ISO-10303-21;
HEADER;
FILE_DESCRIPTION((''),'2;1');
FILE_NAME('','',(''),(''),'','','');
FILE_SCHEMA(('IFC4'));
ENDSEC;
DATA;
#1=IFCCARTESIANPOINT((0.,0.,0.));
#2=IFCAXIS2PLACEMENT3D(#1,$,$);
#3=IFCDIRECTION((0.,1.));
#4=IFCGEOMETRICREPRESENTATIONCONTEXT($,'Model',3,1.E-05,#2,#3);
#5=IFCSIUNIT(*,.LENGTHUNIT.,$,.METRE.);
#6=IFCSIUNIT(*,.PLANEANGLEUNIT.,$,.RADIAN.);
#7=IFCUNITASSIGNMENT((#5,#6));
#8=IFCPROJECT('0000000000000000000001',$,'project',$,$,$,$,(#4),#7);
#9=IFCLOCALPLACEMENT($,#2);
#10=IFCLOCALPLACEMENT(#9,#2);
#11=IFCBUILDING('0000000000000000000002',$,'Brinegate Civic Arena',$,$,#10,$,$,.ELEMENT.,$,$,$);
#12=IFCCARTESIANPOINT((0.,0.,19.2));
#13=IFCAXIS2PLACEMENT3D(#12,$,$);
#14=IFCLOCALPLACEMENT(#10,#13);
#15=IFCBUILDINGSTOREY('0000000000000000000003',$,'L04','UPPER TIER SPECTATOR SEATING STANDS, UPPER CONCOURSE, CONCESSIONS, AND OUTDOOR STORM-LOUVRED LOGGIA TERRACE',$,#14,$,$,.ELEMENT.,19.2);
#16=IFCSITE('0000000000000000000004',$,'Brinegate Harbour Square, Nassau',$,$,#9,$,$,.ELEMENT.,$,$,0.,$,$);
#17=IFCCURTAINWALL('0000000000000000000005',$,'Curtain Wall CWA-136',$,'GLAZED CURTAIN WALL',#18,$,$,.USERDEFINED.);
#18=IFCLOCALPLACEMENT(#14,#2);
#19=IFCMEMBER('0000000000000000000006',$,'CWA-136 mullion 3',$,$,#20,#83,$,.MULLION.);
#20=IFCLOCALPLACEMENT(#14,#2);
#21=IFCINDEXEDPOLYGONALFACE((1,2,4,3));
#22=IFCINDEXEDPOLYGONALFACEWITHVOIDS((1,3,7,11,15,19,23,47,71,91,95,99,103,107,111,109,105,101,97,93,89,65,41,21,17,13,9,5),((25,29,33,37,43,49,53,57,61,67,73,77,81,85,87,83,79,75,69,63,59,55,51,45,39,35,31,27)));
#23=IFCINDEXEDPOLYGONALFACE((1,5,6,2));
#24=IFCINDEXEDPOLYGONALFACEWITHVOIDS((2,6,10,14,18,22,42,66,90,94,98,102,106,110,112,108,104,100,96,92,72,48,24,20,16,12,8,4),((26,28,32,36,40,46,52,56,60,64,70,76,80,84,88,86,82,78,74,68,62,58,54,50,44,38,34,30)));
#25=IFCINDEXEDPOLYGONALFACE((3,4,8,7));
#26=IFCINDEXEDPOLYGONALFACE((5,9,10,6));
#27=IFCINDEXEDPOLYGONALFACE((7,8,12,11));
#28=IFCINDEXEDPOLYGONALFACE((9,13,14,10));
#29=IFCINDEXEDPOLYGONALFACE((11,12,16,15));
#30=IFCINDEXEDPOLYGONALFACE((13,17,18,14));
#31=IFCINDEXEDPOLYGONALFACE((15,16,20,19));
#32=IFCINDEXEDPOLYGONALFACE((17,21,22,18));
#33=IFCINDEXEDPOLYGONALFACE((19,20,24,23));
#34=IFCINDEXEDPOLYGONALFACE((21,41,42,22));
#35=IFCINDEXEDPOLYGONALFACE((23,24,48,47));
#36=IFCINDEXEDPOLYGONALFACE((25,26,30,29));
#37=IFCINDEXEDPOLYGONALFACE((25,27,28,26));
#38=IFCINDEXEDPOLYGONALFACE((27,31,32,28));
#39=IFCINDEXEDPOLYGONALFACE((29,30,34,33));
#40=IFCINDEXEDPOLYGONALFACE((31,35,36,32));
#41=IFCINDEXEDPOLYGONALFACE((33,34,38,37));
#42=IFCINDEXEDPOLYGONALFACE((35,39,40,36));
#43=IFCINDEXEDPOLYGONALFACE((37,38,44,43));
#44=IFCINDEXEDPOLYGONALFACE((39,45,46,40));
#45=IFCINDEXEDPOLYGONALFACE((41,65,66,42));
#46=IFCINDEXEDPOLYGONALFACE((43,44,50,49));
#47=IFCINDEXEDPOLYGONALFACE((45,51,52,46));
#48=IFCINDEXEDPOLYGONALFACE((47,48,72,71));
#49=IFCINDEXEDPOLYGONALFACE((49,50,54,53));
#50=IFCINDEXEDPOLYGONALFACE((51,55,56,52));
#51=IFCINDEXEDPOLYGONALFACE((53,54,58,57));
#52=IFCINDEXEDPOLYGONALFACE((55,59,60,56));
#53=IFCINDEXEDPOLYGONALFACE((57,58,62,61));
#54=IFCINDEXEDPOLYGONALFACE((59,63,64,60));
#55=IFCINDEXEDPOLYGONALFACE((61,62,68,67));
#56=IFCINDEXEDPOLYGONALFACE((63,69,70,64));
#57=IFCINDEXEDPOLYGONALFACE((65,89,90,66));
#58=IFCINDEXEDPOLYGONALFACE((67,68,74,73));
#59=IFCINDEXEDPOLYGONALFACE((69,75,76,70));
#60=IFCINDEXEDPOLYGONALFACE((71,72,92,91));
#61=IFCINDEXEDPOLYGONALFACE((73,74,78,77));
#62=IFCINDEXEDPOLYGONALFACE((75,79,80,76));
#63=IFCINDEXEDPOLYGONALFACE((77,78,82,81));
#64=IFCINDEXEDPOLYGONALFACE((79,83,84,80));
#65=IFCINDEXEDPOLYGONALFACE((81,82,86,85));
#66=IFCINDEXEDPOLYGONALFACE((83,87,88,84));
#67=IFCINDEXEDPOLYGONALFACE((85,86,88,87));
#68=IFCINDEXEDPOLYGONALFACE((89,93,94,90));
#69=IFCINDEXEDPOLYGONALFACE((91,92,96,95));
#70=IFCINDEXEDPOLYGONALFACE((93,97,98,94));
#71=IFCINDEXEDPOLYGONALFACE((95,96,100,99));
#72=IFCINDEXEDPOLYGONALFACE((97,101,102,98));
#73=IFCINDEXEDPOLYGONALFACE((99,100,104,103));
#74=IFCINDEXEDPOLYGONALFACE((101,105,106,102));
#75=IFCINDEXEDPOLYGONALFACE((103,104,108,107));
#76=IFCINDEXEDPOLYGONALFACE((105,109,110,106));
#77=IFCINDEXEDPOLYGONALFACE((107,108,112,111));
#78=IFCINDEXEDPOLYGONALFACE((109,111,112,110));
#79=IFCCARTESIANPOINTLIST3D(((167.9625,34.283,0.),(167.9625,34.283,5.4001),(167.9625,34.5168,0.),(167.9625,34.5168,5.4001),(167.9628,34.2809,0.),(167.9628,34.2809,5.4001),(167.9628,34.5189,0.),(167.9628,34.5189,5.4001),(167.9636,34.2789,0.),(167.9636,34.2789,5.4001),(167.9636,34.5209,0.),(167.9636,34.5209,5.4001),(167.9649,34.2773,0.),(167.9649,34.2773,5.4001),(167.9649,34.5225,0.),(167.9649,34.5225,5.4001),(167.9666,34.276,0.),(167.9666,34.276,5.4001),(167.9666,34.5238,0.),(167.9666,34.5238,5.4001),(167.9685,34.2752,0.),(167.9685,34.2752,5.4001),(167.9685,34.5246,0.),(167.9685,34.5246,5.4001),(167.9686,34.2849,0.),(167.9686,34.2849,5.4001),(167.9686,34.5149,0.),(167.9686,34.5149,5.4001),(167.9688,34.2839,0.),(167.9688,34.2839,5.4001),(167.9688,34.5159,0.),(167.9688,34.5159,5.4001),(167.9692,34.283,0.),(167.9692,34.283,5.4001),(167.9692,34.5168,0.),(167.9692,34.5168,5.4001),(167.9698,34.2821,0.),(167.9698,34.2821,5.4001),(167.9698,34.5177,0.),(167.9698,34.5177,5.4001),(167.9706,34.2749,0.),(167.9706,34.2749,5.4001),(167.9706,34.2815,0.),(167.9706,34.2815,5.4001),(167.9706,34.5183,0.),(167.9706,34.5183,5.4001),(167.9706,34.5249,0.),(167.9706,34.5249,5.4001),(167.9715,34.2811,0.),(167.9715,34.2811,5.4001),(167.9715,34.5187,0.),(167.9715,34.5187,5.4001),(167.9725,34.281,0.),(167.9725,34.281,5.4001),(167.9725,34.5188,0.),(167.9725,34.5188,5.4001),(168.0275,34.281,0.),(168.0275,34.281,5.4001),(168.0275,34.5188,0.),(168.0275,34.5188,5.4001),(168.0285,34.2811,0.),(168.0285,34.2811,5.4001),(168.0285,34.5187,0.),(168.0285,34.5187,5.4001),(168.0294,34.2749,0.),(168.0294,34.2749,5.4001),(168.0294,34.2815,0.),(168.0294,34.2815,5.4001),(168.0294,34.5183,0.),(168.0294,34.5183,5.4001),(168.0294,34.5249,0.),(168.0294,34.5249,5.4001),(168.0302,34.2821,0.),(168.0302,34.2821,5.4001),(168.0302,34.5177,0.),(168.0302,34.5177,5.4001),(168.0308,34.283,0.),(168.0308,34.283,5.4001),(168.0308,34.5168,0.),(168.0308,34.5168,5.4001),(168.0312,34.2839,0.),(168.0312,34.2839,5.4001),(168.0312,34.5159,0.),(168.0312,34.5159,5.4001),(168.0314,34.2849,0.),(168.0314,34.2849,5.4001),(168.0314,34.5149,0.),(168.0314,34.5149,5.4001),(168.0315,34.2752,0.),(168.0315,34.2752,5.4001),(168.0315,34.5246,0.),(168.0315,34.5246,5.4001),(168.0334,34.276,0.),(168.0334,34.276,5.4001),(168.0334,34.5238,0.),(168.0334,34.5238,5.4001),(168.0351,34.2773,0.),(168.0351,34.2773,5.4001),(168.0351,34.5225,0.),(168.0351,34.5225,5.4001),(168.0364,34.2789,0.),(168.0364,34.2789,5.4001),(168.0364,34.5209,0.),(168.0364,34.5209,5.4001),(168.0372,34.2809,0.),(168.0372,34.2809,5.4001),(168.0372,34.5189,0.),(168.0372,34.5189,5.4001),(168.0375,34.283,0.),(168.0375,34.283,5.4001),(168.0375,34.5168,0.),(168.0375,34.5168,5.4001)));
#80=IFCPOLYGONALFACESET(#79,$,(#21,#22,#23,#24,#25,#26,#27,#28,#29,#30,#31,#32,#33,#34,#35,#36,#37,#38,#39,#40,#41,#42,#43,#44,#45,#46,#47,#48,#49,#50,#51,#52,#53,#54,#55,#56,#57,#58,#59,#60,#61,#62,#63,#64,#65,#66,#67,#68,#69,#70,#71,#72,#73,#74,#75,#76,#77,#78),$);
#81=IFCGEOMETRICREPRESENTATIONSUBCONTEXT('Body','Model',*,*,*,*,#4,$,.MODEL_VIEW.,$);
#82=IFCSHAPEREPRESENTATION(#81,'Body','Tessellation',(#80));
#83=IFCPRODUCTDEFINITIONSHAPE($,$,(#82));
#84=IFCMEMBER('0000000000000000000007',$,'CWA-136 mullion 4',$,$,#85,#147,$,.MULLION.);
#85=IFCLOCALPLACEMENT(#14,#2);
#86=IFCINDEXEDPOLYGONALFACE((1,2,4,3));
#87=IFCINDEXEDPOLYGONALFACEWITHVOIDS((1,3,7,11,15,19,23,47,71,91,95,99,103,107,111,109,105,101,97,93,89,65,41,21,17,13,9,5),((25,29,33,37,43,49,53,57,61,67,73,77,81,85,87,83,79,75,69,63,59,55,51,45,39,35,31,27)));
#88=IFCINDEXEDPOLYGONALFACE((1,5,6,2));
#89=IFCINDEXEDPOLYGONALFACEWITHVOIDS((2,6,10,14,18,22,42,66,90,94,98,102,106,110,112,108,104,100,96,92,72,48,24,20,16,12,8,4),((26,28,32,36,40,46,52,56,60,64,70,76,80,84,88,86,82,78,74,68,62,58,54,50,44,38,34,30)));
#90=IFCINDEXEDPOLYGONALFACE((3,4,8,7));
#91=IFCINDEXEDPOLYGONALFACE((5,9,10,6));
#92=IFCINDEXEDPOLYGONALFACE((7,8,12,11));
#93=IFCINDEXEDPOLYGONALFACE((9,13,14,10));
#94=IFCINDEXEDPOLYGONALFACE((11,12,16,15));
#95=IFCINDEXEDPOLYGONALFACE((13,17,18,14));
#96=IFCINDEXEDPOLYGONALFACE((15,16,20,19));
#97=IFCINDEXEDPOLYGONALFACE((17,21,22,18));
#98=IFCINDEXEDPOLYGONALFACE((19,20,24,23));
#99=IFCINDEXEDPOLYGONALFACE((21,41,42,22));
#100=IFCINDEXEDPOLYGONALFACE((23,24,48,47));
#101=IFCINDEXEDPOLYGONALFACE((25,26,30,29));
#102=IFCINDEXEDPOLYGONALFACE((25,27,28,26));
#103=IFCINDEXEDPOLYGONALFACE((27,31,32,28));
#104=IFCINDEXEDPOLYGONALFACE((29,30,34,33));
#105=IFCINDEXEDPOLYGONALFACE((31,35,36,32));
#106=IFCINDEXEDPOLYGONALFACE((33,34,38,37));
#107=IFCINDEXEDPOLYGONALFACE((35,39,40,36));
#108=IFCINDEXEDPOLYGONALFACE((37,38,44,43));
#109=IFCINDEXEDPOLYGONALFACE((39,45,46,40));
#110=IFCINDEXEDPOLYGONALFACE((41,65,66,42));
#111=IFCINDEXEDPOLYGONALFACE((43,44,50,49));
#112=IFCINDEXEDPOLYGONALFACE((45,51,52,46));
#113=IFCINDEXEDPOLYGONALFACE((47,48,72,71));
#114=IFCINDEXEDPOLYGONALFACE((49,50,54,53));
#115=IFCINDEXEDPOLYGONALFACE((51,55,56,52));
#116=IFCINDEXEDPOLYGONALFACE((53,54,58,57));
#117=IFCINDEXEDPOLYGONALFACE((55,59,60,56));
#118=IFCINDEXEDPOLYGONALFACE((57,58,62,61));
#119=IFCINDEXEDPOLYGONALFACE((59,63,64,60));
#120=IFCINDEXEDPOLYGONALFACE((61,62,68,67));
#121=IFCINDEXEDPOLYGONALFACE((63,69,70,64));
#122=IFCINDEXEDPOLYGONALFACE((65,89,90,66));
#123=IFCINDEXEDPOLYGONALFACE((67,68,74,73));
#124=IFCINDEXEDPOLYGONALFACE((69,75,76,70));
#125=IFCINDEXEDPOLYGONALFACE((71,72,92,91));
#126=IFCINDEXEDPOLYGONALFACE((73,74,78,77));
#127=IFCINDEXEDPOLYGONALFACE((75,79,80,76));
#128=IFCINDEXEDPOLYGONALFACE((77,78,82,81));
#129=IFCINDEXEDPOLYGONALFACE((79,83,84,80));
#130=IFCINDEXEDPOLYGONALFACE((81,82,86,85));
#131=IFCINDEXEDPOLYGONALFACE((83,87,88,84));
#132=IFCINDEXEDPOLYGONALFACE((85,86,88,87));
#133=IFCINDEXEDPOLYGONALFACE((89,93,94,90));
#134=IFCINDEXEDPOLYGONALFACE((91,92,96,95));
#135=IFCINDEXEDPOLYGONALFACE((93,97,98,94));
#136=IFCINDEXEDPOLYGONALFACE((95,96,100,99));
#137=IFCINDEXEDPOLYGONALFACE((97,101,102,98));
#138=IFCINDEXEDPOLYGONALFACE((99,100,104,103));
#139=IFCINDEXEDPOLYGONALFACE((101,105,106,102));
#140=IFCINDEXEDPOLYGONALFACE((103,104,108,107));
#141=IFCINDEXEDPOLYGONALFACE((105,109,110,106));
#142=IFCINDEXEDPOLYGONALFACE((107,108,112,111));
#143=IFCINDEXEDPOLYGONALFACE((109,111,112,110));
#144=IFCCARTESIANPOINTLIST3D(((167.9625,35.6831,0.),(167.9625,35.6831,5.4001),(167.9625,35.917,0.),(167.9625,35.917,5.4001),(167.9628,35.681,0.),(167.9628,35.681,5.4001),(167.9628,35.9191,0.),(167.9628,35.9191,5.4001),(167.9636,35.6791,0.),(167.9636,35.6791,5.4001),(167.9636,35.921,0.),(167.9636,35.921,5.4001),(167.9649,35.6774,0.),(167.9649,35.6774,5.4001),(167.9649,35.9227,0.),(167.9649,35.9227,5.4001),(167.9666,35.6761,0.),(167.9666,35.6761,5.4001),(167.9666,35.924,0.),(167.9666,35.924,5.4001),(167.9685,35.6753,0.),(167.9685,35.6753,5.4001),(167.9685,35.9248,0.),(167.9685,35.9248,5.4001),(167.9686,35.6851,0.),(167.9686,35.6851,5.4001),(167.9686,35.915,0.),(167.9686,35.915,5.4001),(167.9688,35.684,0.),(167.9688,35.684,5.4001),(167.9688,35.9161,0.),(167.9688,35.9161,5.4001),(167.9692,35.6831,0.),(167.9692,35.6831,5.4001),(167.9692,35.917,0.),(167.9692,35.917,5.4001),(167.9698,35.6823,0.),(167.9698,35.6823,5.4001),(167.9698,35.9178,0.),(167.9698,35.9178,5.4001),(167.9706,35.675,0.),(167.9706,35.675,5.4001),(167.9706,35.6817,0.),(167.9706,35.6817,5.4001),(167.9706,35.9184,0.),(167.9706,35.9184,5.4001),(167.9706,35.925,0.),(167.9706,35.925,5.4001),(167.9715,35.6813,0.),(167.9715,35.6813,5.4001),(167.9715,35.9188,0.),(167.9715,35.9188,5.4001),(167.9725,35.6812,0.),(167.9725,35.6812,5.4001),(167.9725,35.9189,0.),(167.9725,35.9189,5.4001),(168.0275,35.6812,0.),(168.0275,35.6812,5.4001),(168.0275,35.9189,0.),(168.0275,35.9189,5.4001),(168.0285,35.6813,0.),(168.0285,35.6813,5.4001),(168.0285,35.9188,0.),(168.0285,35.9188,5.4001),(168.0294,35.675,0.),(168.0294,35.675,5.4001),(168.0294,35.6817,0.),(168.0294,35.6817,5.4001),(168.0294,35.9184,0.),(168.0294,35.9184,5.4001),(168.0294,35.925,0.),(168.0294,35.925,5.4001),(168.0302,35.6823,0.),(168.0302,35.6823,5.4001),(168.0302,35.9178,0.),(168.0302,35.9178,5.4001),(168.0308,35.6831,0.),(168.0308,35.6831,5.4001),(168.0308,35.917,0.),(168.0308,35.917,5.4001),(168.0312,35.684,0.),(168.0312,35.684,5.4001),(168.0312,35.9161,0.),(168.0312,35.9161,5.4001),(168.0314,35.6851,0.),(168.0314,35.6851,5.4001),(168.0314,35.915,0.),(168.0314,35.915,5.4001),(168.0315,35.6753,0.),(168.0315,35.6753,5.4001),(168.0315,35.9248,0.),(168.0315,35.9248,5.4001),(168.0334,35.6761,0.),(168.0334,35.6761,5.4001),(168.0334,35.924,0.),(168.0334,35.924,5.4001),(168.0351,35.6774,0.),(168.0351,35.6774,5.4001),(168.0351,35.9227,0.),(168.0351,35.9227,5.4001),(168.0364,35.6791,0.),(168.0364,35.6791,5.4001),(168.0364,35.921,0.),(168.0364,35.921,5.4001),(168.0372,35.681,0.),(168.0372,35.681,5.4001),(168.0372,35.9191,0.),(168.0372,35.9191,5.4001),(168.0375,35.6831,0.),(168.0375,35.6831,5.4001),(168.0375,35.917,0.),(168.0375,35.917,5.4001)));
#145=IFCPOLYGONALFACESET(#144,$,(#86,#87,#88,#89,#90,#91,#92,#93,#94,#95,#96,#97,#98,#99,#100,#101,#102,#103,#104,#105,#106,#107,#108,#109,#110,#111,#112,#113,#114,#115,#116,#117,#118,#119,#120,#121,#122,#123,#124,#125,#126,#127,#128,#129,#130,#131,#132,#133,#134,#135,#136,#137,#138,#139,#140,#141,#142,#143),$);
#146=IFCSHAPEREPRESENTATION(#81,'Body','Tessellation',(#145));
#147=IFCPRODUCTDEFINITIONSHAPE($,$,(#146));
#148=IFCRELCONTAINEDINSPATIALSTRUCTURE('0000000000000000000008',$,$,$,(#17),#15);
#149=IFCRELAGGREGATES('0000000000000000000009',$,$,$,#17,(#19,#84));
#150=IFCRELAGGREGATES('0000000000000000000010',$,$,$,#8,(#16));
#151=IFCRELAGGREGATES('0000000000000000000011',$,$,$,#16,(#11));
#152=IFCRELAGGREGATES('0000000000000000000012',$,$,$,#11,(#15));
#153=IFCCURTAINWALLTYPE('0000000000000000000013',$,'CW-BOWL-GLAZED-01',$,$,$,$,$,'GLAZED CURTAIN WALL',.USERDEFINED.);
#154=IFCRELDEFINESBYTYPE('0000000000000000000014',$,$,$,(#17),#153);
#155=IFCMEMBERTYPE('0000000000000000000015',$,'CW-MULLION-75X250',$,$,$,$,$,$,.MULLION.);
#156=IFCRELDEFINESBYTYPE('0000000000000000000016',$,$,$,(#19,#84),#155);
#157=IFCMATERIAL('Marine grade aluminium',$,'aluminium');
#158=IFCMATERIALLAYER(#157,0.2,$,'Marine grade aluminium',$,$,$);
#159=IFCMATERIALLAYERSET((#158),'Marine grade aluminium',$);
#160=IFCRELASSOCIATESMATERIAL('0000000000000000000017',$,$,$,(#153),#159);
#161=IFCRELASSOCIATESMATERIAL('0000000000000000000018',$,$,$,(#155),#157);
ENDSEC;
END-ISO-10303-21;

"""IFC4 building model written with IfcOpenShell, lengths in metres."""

from ifc_helpers import new_model, si_unit, direction, frame, origin, origin_2d, place, context, subcontext, project, spatial, hollow_rectangle, extrude, material, layer, layer_set, material_profile, profile_set, type_object, element, aggregate, save


model = new_model("IFC4")

# Units and contexts
model_context = context("Model", 3, precision=1e-05, world=origin(), true_north=direction((0.0, 1.0)))
body_context = subcontext(model_context, "Body", "Model", "MODEL_VIEW")
ifc_project = project(units=[si_unit("LENGTHUNIT", "METRE"), si_unit("PLANEANGLEUNIT", "RADIAN")], contexts=[model_context])

# Site, building, storey
site_placement = place(None, origin())
site = spatial("IfcSite", under=ifc_project, at=site_placement, Name="Brinegate Harbour Square, Nassau", CompositionType="ELEMENT", RefElevation=0.0)
building_placement = place(site_placement, origin())
building = spatial("IfcBuilding", under=site, at=building_placement, Name="Brinegate Civic Arena", CompositionType="ELEMENT")
storey_placement = place(building_placement, frame((0.0, 0.0, 19.2)))
storey = spatial("IfcBuildingStorey", under=building, at=storey_placement, Name="L04", Description="UPPER TIER SPECTATOR SEATING STANDS, UPPER CONCOURSE, CONCESSIONS, AND OUTDOOR STORM-LOUVRED LOGGIA TERRACE", CompositionType="ELEMENT", Elevation=19.2)

# Curtain wall, members
ifc_material_1 = material(Name="Marine grade aluminium", Category="aluminium")
ifc_layer_1 = layer(ifc_material_1, 0.2, Name="Marine grade aluminium")
ifc_layer_set_1 = layer_set([ifc_layer_1], Name="Marine grade aluminium")
curtain_wall_type = type_object("IfcCurtainWallType", Name="CW-BOWL-GLAZED-01", ElementType="GLAZED CURTAIN WALL", PredefinedType="USERDEFINED", material=ifc_layer_set_1)
curtain_wall_placement = place(storey_placement, origin())
curtain_wall = element("IfcCurtainWall", 1, at=curtain_wall_placement, inside=storey, type_object=curtain_wall_type, Name="Curtain Wall CWA-136", ObjectType="GLAZED CURTAIN WALL", PredefinedType="USERDEFINED")
ifc_material_profile_1 = material_profile(ifc_material_1, hollow_rectangle(XDim=0.075, YDim=0.25, WallThickness=0.0061, InnerFilletRadius=0.0039, OuterFilletRadius=0.0081, at=origin_2d()), Name="MUL75X250")
ifc_profile_set_1 = profile_set([ifc_material_profile_1], Name="Marine grade aluminium")
member_type_1 = type_object("IfcMemberType", Name="CW-MULLION-75X250", PredefinedType="MULLION", material=ifc_profile_set_1)
member_1_placement = place(storey_placement, frame((168.0, 34.3999, 0.0), z_axis=(0.0, 0.0, 1.0), x_axis=(-1.0, 0.0, 0.0)))
member_1 = element("IfcMember", 2, at=member_1_placement, type_object=member_type_1, Name="CWA-136 mullion 3", PredefinedType="MULLION", context=body_context, shape_type="SweptSolid", body=[
    extrude(hollow_rectangle(XDim=0.075, YDim=0.25, WallThickness=0.0061, InnerFilletRadius=0.0039, OuterFilletRadius=0.0081, at=origin_2d()), origin(), (0.0, 0.0, 1.0), 5.4001),
])
member_2_placement = place(storey_placement, frame((168.0, 35.8, 0.0), z_axis=(0.0, 0.0, 1.0), x_axis=(-1.0, 0.0, 0.0)))
member_2 = element("IfcMember", 3, at=member_2_placement, type_object=member_type_1, Name="CWA-136 mullion 4", PredefinedType="MULLION", context=body_context, shape_type="SweptSolid", body=[
    extrude(hollow_rectangle(XDim=0.075, YDim=0.25, WallThickness=0.0061, InnerFilletRadius=0.0039, OuterFilletRadius=0.0081, at=origin_2d()), origin(), (0.0, 0.0, 1.0), 5.4001),
])
aggregate(curtain_wall, [member_1, member_2])

save(model, "model.ifc")
